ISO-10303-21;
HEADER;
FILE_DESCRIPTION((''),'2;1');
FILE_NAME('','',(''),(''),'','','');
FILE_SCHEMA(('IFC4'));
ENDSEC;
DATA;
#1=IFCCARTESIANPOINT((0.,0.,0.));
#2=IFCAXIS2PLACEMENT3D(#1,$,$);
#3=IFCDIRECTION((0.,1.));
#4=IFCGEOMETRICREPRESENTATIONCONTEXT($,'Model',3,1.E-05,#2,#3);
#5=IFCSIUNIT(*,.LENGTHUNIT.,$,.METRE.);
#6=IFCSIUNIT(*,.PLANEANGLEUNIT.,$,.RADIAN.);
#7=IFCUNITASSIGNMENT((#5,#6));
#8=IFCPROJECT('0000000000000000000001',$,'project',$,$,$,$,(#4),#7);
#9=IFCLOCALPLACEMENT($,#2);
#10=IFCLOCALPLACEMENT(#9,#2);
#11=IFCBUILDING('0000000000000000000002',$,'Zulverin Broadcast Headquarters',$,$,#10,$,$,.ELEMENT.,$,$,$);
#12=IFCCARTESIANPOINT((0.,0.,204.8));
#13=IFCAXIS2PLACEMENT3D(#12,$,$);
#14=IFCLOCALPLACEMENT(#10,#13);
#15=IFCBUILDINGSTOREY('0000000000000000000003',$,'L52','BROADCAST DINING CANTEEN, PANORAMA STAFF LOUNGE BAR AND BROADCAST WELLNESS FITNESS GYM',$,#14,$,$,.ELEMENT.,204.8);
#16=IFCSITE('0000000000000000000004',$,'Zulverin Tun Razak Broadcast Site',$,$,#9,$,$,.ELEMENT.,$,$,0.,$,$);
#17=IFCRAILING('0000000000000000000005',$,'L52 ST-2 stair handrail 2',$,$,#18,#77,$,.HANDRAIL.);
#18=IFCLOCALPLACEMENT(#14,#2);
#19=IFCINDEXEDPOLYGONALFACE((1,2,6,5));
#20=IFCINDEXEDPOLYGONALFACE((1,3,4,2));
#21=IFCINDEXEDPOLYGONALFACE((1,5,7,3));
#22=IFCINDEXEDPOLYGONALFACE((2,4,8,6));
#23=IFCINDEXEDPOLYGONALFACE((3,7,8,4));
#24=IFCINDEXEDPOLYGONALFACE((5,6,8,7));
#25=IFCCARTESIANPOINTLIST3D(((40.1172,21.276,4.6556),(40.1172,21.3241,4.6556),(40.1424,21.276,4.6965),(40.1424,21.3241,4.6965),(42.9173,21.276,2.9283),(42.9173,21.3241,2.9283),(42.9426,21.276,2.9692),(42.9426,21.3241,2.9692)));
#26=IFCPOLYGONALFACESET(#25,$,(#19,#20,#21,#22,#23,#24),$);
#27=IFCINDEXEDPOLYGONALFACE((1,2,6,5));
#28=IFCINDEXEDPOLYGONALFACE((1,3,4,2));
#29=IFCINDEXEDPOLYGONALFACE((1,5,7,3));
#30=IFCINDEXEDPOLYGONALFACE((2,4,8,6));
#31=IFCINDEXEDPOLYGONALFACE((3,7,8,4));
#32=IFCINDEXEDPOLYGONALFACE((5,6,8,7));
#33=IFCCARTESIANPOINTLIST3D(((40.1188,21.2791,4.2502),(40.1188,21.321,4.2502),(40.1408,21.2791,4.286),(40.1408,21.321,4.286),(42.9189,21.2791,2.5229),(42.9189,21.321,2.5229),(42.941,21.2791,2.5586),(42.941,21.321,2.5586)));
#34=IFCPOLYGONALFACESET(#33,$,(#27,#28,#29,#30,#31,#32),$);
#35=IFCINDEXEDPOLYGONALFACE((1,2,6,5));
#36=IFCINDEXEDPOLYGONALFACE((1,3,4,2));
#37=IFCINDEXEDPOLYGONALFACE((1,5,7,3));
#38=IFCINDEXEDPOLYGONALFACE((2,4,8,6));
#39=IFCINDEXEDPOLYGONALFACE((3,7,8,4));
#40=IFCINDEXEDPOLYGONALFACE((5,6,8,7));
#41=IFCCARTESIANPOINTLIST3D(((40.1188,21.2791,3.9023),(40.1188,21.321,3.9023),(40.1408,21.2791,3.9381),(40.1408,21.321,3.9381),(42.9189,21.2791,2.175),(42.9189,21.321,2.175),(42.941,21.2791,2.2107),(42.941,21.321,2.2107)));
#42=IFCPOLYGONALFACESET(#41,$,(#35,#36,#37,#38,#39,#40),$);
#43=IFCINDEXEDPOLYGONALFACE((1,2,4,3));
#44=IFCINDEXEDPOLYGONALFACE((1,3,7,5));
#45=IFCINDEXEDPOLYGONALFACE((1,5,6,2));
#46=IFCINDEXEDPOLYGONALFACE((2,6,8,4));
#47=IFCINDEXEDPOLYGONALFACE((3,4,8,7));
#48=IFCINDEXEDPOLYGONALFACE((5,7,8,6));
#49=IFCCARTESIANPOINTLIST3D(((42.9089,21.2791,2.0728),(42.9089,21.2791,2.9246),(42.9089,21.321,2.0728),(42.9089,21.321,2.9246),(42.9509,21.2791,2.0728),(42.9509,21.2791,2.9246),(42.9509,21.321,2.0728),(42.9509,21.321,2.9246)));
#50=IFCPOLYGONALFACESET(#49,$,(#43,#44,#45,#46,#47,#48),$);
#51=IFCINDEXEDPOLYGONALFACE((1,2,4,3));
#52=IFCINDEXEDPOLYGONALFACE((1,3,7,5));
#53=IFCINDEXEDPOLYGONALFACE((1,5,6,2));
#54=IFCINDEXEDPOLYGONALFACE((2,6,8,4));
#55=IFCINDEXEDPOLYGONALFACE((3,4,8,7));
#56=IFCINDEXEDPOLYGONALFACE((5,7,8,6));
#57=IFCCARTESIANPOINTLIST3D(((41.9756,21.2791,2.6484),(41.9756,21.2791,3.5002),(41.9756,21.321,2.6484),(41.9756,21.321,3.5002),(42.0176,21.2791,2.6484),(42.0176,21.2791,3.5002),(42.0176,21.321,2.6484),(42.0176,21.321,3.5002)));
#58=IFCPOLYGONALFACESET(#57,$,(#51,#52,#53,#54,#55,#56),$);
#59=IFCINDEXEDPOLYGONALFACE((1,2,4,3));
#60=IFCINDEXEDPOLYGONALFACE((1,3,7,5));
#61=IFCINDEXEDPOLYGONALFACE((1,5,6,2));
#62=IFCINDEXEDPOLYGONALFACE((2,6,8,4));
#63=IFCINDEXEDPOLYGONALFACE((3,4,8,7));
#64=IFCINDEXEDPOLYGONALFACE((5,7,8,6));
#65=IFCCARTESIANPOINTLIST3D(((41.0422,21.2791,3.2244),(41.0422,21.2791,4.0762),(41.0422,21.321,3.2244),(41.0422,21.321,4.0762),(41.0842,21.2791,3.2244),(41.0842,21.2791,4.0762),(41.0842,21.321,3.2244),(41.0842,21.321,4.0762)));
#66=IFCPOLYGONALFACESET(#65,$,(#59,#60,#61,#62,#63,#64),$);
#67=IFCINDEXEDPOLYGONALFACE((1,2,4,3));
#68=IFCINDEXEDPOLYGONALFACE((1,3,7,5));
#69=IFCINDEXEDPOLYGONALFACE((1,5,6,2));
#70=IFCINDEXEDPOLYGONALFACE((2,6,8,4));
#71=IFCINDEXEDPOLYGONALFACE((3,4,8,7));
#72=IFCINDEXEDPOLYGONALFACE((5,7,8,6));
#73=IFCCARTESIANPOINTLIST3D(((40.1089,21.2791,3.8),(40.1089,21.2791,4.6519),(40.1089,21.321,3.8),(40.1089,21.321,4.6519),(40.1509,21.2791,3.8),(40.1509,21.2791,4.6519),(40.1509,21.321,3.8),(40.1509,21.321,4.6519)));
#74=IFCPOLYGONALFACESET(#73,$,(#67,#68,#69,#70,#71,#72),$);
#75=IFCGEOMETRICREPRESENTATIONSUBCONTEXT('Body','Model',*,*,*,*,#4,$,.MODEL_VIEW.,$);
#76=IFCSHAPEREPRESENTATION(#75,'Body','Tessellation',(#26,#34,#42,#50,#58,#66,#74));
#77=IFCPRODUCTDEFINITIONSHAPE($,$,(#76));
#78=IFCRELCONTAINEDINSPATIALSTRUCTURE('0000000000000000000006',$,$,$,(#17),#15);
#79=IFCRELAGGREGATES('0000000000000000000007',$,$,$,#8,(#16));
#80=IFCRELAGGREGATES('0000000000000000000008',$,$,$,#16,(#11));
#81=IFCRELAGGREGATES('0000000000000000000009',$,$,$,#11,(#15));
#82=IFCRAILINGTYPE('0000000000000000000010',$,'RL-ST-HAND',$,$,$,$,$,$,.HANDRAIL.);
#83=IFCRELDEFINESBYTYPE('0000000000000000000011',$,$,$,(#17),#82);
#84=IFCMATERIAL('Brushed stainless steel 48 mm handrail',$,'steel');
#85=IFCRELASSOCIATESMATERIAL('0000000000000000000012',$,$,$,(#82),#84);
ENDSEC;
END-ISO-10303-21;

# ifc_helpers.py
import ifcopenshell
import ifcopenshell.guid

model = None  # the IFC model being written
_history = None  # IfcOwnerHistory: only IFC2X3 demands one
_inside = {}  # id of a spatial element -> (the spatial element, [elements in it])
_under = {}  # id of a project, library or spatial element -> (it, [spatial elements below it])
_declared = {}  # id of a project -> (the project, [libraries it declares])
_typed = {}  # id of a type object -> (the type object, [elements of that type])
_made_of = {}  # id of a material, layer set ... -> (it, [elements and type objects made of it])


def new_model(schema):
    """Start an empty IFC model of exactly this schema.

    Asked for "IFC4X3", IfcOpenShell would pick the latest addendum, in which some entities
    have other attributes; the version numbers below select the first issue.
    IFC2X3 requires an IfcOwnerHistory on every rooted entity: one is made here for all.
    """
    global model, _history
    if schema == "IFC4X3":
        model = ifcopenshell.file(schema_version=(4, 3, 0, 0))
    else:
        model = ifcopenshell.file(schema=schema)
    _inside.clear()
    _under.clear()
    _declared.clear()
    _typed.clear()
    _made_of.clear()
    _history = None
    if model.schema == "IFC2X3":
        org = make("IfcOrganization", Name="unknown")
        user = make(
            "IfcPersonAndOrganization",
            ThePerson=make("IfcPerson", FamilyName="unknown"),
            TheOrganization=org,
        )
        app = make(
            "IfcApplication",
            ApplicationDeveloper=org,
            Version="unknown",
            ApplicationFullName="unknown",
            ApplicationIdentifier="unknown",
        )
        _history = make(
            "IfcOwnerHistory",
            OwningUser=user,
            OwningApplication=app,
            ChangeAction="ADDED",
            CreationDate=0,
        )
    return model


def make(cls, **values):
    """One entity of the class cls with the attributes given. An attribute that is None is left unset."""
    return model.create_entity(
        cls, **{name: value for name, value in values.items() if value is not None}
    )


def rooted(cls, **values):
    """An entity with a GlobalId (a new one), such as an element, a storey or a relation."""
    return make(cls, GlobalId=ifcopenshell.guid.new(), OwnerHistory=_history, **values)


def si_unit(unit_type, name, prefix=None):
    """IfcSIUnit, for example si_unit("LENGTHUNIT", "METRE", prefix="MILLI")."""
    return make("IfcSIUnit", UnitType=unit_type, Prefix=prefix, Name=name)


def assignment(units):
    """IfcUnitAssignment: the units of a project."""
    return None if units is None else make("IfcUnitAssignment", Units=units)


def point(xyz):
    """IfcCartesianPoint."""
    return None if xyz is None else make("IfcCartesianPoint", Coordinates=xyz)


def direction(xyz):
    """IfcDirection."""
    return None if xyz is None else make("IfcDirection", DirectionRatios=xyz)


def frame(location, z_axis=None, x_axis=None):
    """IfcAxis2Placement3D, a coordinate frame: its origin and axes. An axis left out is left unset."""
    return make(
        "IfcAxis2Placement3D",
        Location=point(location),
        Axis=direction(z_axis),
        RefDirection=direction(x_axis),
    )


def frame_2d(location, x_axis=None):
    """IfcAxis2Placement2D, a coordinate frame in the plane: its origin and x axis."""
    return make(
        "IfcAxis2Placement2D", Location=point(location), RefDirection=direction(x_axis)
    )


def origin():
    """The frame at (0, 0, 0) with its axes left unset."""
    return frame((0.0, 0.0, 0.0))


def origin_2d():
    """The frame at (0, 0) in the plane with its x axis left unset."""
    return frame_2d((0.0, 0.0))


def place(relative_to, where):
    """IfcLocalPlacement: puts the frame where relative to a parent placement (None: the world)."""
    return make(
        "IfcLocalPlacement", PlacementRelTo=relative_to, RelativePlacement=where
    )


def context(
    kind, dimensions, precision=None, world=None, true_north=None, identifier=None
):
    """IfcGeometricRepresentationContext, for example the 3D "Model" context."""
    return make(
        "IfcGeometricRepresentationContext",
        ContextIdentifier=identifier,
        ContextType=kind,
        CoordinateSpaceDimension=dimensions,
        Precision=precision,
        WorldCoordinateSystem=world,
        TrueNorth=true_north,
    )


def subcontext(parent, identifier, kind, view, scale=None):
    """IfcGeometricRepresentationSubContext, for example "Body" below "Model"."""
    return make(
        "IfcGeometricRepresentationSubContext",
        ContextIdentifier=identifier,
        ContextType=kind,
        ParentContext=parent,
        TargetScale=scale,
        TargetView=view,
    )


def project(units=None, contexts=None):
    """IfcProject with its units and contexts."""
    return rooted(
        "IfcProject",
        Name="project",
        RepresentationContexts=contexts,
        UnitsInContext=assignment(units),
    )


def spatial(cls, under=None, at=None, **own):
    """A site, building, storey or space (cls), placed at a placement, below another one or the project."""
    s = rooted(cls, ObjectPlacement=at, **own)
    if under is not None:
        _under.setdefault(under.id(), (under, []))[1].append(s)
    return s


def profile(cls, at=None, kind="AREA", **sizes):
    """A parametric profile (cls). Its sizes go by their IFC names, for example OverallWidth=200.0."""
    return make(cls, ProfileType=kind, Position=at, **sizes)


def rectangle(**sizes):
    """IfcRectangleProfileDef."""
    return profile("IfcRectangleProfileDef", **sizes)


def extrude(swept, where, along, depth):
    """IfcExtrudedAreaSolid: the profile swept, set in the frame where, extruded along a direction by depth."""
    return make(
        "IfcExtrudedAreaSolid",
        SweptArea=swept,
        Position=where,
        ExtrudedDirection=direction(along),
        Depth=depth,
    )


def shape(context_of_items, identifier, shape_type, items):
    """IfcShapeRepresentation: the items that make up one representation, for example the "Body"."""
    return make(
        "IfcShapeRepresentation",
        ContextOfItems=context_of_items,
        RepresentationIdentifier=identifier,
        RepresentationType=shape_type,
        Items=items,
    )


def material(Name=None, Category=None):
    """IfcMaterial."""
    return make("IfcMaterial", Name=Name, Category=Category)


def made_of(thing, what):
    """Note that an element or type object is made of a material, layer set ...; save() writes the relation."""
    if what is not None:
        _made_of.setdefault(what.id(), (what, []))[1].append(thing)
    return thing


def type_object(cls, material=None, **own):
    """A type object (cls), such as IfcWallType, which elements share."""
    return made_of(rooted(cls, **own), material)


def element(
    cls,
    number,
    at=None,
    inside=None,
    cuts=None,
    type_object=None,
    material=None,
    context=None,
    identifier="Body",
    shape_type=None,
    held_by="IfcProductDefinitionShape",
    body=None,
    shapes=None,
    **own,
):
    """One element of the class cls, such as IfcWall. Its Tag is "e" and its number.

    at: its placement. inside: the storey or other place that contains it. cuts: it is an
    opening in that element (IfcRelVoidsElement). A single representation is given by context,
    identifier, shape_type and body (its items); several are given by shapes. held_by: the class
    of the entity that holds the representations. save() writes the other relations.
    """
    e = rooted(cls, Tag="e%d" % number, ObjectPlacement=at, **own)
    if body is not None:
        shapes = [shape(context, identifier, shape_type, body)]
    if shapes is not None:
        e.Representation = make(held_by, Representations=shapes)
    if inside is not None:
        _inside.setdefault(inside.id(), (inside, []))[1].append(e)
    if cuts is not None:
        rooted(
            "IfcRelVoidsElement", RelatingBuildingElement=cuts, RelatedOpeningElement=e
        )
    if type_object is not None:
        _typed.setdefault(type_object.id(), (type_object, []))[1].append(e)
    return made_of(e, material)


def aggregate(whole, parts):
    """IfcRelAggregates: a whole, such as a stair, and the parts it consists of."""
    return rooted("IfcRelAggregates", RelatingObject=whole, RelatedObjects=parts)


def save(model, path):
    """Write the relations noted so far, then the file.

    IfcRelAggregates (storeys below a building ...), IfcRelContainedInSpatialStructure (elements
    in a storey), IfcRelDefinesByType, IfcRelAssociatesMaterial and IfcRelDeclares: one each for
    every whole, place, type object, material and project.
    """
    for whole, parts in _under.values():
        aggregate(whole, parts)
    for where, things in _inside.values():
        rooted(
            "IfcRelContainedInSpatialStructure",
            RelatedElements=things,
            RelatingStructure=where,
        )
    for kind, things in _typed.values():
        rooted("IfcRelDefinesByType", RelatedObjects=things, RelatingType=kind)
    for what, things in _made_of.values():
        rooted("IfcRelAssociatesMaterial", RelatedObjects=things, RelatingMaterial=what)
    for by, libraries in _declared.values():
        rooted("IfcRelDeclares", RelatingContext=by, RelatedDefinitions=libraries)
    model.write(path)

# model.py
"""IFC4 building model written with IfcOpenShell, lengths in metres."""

from ifc_helpers import new_model, si_unit, direction, frame, origin, origin_2d, place, context, subcontext, project, spatial, rectangle, extrude, material, type_object, element, save


model = new_model("IFC4")

# Units and contexts
model_context = context("Model", 3, precision=1e-05, world=origin(), true_north=direction((0.0, 1.0)))
body_context = subcontext(model_context, "Body", "Model", "MODEL_VIEW")
ifc_project = project(units=[si_unit("LENGTHUNIT", "METRE"), si_unit("PLANEANGLEUNIT", "RADIAN")], contexts=[model_context])

# Site, building, storey
site_placement = place(None, origin())
site = spatial("IfcSite", under=ifc_project, at=site_placement, Name="Zulverin Tun Razak Broadcast Site", CompositionType="ELEMENT", RefElevation=0.0)
building_placement = place(site_placement, origin())
building = spatial("IfcBuilding", under=site, at=building_placement, Name="Zulverin Broadcast Headquarters", CompositionType="ELEMENT")
storey_placement = place(building_placement, frame((0.0, 0.0, 204.8)))
storey = spatial("IfcBuildingStorey", under=building, at=storey_placement, Name="L52", Description="BROADCAST DINING CANTEEN, PANORAMA STAFF LOUNGE BAR AND BROADCAST WELLNESS FITNESS GYM", CompositionType="ELEMENT", Elevation=204.8)

# Railing
ifc_material_1 = material(Name="Brushed stainless steel 48 mm handrail", Category="steel")
railing_type_1 = type_object("IfcRailingType", Name="RL-ST-HAND", PredefinedType="HANDRAIL", material=ifc_material_1)
railing_1_placement = place(storey_placement, frame((42.9299, 21.3, 2.0728)))
element("IfcRailing", 1, at=railing_1_placement, inside=storey, type_object=railing_type_1, Name="L52 ST-2 stair handrail 2", PredefinedType="HANDRAIL", context=body_context, shape_type="SweptSolid", body=[
    extrude(rectangle(XDim=0.0481, YDim=0.0481, at=origin_2d()), frame((0.0, 0.0, 0.876), z_axis=(-0.85109, 0.0, 0.52502), x_axis=(0.0, -1.0, 0.0)), (0.0, 0.0, 1.0), 3.29),
    extrude(rectangle(XDim=0.042, YDim=0.042, at=origin_2d()), frame((0.0, 0.0, 0.468), z_axis=(-0.85109, 0.0, 0.52502), x_axis=(0.0, -1.0, 0.0)), (0.0, 0.0, 1.0), 3.29),
    extrude(rectangle(XDim=0.042, YDim=0.042, at=origin_2d()), frame((0.0, 0.0, 0.1201), z_axis=(-0.85109, 0.0, 0.52502), x_axis=(0.0, -1.0, 0.0)), (0.0, 0.0, 1.0), 3.29),
    extrude(rectangle(XDim=0.042, YDim=0.042, at=origin_2d()), origin(), (0.0, 0.0, 1.0), 0.8518),
    extrude(rectangle(XDim=0.042, YDim=0.042, at=origin_2d()), frame((-0.9333, 0.0, 0.5757)), (0.0, 0.0, 1.0), 0.8518),
    extrude(rectangle(XDim=0.042, YDim=0.042, at=origin_2d()), frame((-1.8667, 0.0, 1.1516)), (0.0, 0.0, 1.0), 0.8518),
    extrude(rectangle(XDim=0.042, YDim=0.042, at=origin_2d()), frame((-2.8, 0.0, 1.7273)), (0.0, 0.0, 1.0), 0.8518),
])

save(model, "model.ifc")
